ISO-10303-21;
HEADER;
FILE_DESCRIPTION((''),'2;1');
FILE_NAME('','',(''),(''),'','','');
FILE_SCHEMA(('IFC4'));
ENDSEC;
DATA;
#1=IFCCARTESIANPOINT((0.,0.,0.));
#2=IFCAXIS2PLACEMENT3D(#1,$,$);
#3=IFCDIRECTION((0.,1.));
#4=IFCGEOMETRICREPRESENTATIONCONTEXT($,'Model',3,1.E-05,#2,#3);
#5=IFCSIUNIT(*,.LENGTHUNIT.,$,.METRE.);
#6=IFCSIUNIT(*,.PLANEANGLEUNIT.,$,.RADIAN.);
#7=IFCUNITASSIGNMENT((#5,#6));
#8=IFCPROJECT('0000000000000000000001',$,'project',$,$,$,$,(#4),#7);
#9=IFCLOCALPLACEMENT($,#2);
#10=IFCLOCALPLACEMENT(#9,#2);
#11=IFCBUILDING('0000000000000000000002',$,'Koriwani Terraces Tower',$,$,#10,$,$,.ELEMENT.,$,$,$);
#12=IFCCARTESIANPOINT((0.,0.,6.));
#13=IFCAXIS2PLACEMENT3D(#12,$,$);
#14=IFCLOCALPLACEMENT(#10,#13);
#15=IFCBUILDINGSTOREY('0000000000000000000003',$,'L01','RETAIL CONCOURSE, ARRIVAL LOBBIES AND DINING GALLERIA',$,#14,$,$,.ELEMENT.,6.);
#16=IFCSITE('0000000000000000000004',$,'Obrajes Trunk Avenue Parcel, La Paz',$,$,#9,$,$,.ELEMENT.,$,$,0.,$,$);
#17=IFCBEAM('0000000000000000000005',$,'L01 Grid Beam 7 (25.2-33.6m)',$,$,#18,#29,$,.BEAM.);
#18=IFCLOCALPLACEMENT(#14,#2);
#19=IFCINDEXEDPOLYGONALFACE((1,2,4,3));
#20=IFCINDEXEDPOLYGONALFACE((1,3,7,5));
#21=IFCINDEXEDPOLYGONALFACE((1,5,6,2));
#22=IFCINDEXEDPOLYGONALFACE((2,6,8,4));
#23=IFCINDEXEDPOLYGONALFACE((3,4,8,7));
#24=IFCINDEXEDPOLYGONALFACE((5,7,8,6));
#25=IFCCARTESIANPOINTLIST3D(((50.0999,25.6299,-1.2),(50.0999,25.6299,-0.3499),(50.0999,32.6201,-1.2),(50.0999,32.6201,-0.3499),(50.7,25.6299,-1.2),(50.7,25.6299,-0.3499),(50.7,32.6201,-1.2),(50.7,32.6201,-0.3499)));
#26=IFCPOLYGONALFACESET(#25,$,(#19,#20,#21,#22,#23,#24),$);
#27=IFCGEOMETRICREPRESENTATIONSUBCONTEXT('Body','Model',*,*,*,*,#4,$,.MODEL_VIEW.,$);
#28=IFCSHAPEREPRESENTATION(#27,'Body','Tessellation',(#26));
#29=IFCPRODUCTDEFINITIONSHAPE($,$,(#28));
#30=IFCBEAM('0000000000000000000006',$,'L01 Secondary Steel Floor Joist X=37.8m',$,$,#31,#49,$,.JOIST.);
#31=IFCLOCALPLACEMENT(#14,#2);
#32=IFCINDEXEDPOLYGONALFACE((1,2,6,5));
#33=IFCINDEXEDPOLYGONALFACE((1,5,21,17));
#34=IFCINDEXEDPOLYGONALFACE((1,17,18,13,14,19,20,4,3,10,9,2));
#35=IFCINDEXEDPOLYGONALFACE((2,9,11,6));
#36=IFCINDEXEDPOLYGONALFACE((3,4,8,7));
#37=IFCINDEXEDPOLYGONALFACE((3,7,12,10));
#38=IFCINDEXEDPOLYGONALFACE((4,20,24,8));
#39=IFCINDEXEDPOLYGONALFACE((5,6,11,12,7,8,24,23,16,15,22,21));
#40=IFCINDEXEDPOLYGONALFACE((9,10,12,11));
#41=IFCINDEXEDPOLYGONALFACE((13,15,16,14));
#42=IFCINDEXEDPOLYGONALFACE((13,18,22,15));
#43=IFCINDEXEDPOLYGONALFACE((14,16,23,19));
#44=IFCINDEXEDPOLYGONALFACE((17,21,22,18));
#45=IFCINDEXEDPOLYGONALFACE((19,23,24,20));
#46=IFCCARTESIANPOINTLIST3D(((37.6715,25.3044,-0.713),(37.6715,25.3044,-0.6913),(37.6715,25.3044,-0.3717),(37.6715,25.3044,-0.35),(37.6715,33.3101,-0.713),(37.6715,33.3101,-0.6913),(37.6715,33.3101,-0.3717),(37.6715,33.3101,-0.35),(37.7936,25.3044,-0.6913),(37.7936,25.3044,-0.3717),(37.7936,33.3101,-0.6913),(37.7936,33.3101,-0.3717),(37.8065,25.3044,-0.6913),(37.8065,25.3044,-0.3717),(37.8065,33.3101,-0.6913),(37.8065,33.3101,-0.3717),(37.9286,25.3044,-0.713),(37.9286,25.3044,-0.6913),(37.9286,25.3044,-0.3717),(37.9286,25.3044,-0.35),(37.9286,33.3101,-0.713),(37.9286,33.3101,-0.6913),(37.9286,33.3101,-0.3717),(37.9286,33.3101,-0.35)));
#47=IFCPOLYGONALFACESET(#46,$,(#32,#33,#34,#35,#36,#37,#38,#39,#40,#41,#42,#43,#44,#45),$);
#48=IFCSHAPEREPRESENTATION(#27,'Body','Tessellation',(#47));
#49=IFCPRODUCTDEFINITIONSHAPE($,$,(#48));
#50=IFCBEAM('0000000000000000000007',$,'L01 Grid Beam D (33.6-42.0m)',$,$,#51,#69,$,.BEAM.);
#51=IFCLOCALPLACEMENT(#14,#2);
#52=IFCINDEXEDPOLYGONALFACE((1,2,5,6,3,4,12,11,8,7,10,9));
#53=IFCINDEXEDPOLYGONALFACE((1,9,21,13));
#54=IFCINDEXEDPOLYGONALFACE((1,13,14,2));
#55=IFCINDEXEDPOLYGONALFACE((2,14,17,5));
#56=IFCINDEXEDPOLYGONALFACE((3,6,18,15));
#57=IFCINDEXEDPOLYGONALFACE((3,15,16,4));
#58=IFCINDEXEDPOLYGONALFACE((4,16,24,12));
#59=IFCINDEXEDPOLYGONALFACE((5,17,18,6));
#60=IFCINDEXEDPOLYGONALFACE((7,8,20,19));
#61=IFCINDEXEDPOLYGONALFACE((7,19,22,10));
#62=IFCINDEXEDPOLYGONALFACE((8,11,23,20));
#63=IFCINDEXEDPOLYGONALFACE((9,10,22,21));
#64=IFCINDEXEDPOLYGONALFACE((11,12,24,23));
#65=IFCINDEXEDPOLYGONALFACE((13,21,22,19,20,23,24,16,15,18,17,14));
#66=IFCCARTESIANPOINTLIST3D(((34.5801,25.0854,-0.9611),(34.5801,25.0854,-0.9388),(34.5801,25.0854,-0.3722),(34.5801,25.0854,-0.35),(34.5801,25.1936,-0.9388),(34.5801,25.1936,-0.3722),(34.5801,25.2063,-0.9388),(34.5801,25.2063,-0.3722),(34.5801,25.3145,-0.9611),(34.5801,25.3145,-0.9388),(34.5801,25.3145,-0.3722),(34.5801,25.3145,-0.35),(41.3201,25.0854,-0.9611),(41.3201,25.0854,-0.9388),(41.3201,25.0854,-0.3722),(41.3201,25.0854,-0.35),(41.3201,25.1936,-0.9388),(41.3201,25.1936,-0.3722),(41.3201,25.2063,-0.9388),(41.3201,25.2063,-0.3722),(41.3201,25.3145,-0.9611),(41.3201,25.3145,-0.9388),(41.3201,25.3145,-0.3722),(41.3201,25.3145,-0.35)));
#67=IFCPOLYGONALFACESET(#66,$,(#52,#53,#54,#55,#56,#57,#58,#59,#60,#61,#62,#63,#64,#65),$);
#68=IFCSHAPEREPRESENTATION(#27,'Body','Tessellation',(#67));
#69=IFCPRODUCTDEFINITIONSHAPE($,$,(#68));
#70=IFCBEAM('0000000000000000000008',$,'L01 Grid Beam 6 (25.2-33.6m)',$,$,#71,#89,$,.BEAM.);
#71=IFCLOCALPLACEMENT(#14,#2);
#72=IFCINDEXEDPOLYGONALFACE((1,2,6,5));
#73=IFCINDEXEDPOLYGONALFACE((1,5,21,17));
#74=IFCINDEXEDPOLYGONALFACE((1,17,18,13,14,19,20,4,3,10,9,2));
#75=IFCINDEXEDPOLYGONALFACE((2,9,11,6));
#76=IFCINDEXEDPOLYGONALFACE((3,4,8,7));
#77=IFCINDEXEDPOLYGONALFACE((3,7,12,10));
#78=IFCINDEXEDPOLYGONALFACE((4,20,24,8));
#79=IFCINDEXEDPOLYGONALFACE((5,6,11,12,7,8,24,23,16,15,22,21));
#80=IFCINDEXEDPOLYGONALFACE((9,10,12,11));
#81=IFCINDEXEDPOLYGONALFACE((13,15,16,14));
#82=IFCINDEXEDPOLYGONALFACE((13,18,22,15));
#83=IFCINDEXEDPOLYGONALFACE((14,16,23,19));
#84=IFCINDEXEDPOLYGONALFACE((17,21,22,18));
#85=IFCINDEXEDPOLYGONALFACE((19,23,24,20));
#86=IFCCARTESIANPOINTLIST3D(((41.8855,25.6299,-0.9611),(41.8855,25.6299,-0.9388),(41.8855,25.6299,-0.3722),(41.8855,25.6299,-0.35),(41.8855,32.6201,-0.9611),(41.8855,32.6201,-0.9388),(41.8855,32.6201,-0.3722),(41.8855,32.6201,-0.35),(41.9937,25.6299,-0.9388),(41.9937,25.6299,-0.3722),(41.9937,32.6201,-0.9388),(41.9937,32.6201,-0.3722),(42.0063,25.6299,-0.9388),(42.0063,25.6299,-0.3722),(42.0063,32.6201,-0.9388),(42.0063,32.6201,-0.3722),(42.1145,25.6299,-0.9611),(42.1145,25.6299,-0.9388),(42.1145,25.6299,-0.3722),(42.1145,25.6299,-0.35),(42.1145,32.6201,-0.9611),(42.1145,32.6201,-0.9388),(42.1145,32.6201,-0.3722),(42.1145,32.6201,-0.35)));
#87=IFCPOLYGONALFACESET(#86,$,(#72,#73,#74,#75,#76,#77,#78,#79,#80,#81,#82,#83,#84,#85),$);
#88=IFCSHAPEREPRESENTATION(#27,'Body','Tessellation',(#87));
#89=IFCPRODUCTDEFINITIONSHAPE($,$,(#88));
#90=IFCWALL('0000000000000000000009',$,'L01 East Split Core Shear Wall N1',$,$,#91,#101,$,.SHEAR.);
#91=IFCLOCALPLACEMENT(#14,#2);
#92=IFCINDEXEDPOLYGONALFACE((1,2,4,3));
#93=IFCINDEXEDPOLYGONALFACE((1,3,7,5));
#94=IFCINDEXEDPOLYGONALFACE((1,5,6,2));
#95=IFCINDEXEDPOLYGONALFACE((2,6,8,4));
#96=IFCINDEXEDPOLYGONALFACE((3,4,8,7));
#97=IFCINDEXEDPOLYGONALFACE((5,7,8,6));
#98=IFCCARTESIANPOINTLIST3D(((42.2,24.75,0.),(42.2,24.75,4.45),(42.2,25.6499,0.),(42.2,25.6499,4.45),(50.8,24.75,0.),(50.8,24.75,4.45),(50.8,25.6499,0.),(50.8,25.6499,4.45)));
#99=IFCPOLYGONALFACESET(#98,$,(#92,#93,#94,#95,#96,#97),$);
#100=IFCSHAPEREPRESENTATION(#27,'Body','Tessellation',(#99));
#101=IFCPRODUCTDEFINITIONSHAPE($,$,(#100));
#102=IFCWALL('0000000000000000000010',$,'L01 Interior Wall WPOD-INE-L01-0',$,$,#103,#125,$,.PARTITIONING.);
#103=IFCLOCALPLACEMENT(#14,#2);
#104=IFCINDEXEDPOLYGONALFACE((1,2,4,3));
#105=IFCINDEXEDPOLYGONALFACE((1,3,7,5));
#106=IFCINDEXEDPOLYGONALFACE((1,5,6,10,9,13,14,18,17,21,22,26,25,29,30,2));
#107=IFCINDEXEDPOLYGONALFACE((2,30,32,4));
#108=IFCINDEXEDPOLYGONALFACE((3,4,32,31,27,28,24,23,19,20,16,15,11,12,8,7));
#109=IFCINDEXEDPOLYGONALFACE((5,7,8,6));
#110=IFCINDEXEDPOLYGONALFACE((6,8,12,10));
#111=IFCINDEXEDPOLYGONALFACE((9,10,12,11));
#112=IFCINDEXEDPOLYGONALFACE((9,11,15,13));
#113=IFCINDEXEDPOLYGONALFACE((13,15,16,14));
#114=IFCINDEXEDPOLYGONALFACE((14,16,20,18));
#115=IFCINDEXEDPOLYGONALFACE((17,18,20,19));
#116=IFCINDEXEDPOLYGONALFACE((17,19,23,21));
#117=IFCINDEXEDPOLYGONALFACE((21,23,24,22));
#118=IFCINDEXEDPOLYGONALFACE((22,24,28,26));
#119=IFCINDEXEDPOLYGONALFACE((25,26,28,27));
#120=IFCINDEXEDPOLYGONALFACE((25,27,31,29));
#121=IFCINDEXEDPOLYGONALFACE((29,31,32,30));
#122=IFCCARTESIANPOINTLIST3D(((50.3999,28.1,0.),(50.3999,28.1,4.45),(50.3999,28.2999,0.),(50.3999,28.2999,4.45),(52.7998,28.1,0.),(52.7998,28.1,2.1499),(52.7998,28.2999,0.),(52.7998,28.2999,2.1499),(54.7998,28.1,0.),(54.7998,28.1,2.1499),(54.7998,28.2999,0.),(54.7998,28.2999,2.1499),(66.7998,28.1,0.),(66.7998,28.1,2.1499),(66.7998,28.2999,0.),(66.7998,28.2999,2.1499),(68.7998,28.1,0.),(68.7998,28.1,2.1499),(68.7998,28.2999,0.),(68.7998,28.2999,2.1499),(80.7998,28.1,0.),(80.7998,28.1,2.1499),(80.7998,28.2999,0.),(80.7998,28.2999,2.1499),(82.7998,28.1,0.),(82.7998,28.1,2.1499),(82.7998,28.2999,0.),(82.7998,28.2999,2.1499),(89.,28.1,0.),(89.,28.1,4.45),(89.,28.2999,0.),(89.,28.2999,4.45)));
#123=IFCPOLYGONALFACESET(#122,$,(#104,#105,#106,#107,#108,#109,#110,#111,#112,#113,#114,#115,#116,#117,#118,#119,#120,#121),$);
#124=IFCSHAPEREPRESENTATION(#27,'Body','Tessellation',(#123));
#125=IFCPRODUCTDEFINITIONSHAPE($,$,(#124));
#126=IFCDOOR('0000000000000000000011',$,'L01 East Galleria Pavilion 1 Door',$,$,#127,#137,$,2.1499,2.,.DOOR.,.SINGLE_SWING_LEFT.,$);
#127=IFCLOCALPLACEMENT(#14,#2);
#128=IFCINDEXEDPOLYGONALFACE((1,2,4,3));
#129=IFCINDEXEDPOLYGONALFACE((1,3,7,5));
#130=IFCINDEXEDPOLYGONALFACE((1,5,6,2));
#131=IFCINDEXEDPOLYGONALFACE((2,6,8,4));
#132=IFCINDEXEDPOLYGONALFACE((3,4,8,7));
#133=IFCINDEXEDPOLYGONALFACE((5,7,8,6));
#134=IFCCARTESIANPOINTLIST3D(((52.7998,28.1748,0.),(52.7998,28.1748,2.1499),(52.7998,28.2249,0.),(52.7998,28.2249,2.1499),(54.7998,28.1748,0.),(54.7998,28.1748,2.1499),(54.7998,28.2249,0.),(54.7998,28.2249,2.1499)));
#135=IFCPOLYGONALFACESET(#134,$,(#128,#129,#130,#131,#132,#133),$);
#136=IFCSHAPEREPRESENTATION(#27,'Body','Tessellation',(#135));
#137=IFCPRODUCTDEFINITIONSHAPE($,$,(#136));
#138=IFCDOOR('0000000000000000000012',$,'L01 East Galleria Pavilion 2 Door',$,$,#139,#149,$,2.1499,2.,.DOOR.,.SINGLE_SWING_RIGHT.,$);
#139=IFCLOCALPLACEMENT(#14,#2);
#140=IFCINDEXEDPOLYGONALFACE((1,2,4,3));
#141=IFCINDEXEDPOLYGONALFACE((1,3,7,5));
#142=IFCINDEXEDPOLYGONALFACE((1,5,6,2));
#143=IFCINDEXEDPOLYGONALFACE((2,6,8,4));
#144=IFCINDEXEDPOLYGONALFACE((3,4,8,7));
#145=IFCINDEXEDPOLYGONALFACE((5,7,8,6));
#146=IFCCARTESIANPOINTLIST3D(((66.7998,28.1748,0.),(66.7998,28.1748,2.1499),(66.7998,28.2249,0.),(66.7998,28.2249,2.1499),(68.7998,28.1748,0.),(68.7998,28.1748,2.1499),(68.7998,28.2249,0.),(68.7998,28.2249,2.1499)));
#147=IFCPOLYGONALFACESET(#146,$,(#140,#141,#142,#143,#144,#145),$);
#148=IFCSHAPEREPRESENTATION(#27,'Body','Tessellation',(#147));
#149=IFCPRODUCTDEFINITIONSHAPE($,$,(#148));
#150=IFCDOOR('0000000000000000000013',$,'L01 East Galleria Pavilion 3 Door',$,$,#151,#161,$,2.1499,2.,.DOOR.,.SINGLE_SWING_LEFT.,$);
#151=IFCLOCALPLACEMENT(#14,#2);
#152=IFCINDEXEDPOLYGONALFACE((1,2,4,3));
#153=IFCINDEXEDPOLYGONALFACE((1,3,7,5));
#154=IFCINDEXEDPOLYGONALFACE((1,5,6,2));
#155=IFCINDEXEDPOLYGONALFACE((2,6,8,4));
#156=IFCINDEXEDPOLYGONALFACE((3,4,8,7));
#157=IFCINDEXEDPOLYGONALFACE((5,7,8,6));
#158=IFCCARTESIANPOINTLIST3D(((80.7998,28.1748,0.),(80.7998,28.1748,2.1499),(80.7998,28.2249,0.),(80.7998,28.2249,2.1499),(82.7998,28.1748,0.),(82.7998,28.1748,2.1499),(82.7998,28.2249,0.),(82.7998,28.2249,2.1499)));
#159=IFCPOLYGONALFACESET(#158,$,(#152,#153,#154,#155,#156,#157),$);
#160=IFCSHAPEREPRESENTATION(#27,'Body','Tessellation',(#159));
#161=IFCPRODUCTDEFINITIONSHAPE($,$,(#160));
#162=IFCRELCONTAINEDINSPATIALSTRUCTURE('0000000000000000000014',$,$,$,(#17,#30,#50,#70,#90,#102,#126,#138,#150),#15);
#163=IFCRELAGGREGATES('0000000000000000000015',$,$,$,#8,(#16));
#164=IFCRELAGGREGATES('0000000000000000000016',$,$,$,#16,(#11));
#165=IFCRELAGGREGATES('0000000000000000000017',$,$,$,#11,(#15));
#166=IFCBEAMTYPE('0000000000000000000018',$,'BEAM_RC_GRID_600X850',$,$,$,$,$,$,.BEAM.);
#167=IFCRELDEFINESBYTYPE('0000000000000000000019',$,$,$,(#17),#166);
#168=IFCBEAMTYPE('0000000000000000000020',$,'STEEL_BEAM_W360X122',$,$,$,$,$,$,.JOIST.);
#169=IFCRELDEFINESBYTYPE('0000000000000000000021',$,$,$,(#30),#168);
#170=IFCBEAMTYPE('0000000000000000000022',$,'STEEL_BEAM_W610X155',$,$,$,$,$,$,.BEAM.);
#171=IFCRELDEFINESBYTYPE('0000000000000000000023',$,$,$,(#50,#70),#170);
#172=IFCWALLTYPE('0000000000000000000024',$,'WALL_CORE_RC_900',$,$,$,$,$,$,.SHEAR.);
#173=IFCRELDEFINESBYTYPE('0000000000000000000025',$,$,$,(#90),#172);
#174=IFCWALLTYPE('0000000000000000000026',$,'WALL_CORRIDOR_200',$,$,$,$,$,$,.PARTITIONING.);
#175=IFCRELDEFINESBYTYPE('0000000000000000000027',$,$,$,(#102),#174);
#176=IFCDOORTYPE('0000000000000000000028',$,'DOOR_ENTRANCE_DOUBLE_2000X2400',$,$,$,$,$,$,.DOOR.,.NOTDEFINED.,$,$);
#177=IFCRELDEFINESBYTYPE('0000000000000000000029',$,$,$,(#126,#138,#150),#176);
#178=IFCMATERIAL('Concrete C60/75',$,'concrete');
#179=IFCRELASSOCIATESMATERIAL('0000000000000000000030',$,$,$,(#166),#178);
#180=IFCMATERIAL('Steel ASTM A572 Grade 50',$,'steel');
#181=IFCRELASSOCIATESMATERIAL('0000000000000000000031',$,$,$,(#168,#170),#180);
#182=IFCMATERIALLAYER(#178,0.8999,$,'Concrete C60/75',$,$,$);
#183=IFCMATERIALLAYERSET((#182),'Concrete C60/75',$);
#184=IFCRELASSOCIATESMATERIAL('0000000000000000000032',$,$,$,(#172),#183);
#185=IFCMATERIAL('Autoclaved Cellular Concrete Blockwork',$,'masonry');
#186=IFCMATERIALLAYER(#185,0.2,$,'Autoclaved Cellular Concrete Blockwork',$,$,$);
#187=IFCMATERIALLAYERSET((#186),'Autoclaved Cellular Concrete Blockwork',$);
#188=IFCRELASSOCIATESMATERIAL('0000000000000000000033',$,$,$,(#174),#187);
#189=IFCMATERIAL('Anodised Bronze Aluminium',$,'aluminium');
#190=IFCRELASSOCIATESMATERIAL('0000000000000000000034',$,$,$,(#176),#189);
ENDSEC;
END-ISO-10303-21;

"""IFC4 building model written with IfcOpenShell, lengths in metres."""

from ifc_helpers import new_model, si_unit, direction, frame, frame_2d, origin, origin_2d, place, context, subcontext, project, spatial, rectangle, i_section, extrude, material, layer, layer_set, material_profile, profile_set, type_object, element, fill, save


model = new_model("IFC4")

# Units and contexts
model_context = context("Model", 3, precision=1e-05, world=origin(), true_north=direction((0.0, 1.0)))
body_context = subcontext(model_context, "Body", "Model", "MODEL_VIEW")
ifc_project = project(units=[si_unit("LENGTHUNIT", "METRE"), si_unit("PLANEANGLEUNIT", "RADIAN")], contexts=[model_context])

# Site, building, storey
site_placement = place(None, origin())
site = spatial("IfcSite", under=ifc_project, at=site_placement, Name="Obrajes Trunk Avenue Parcel, La Paz", CompositionType="ELEMENT", RefElevation=0.0)
building_placement = place(site_placement, origin())
building = spatial("IfcBuilding", under=site, at=building_placement, Name="Koriwani Terraces Tower", CompositionType="ELEMENT")
storey_placement = place(building_placement, frame((0.0, 0.0, 6.0)))
storey = spatial("IfcBuildingStorey", under=building, at=storey_placement, Name="L01", Description="RETAIL CONCOURSE, ARRIVAL LOBBIES AND DINING GALLERIA", CompositionType="ELEMENT", Elevation=6.0)

# Beams
ifc_material_1 = material(Name="Concrete C60/75", Category="concrete")
ifc_material_profile_1 = material_profile(ifc_material_1, rectangle(XDim=0.6001, YDim=0.8501, at=origin_2d()), Name="Concrete C60/75", Category="LoadBearing")
ifc_profile_set_1 = profile_set([ifc_material_profile_1], Name="Concrete C60/75")
beam_type_1 = type_object("IfcBeamType", Name="BEAM_RC_GRID_600X850", PredefinedType="BEAM", material=ifc_profile_set_1)
beam_1_placement = place(storey_placement, frame((50.3999, 25.6299, -0.7749), z_axis=(0.0, 1.0, 0.0), x_axis=(-1.0, 0.0, 0.0)))
element("IfcBeam", 1, at=beam_1_placement, inside=storey, type_object=beam_type_1, Name="L01 Grid Beam 7 (25.2-33.6m)", PredefinedType="BEAM", context=body_context, shape_type="SweptSolid", body=[
    extrude(rectangle(XDim=0.6001, YDim=0.8501, at=origin_2d()), origin(), (0.0, 0.0, 1.0), 6.9902),
])
ifc_material_2 = material(Name="Steel ASTM A572 Grade 50", Category="steel")
ifc_material_profile_2 = material_profile(ifc_material_2, i_section(OverallWidth=0.2571, OverallDepth=0.363, WebThickness=0.0129, FlangeThickness=0.0217, at=origin_2d()), Name="Steel ASTM A572 Grade 50", Category="LoadBearing")
ifc_profile_set_2 = profile_set([ifc_material_profile_2], Name="Steel ASTM A572 Grade 50")
beam_type_2 = type_object("IfcBeamType", Name="STEEL_BEAM_W360X122", PredefinedType="JOIST", material=ifc_profile_set_2)
beam_2_placement = place(storey_placement, frame((37.8, 25.3044, -0.5315), z_axis=(0.0, 1.0, 0.0), x_axis=(-1.0, 0.0, 0.0)))
element("IfcBeam", 2, at=beam_2_placement, inside=storey, type_object=beam_type_2, Name="L01 Secondary Steel Floor Joist X=37.8m", PredefinedType="JOIST", context=body_context, shape_type="SweptSolid", body=[
    extrude(i_section(OverallWidth=0.2571, OverallDepth=0.363, WebThickness=0.0129, FlangeThickness=0.0217, at=origin_2d()), origin(), (0.0, 0.0, 1.0), 8.0056),
])
ifc_material_profile_3 = material_profile(ifc_material_2, i_section(OverallWidth=0.229, OverallDepth=0.6111, WebThickness=0.0127, FlangeThickness=0.0222, at=origin_2d()), Name="Steel ASTM A572 Grade 50", Category="LoadBearing")
ifc_profile_set_3 = profile_set([ifc_material_profile_3], Name="Steel ASTM A572 Grade 50")
beam_type_3 = type_object("IfcBeamType", Name="STEEL_BEAM_W610X155", PredefinedType="BEAM", material=ifc_profile_set_3)
beam_3_placement = place(storey_placement, frame((34.5801, 25.2, -0.6555), z_axis=(1.0, 0.0, 0.0), x_axis=(0.0, 1.0, 0.0)))
element("IfcBeam", 3, at=beam_3_placement, inside=storey, type_object=beam_type_3, Name="L01 Grid Beam D (33.6-42.0m)", PredefinedType="BEAM", context=body_context, shape_type="SweptSolid", body=[
    extrude(i_section(OverallWidth=0.229, OverallDepth=0.6111, WebThickness=0.0127, FlangeThickness=0.0222, at=origin_2d()), origin(), (0.0, 0.0, 1.0), 6.74),
])
beam_4_placement = place(storey_placement, frame((42.0, 25.6299, -0.6555), z_axis=(0.0, 1.0, 0.0), x_axis=(-1.0, 0.0, 0.0)))
element("IfcBeam", 4, at=beam_4_placement, inside=storey, type_object=beam_type_3, Name="L01 Grid Beam 6 (25.2-33.6m)", PredefinedType="BEAM", context=body_context, shape_type="SweptSolid", body=[
    extrude(i_section(OverallWidth=0.229, OverallDepth=0.6111, WebThickness=0.0127, FlangeThickness=0.0222, at=origin_2d()), origin(), (0.0, 0.0, 1.0), 6.9902),
])

# Wall
ifc_layer_1 = layer(ifc_material_1, 0.8999, Name="Concrete C60/75")
ifc_layer_set_1 = layer_set([ifc_layer_1], Name="Concrete C60/75")
wall_type_1 = type_object("IfcWallType", Name="WALL_CORE_RC_900", PredefinedType="SHEAR", material=ifc_layer_set_1)
wall_1_placement = place(storey_placement, frame((42.2, 25.2, 0.0), z_axis=(0.0, 0.0, 1.0), x_axis=(1.0, 0.0, 0.0)))
element("IfcWall", 5, at=wall_1_placement, inside=storey, type_object=wall_type_1, Name="L01 East Split Core Shear Wall N1", PredefinedType="SHEAR", context=body_context, shape_type="SweptSolid", body=[
    extrude(rectangle(XDim=8.6001, YDim=0.8999, at=frame_2d((4.3, 0.0))), origin(), (0.0, 0.0, 1.0), 4.45),
])

# Wall, openings, doors
ifc_material_3 = material(Name="Autoclaved Cellular Concrete Blockwork", Category="masonry")
ifc_layer_2 = layer(ifc_material_3, 0.2, Name="Autoclaved Cellular Concrete Blockwork")
ifc_layer_set_2 = layer_set([ifc_layer_2], Name="Autoclaved Cellular Concrete Blockwork")
wall_type_2 = type_object("IfcWallType", Name="WALL_CORRIDOR_200", PredefinedType="PARTITIONING", material=ifc_layer_set_2)
wall_2_placement = place(storey_placement, frame((50.3999, 28.2, 0.0), z_axis=(0.0, 0.0, 1.0), x_axis=(1.0, 0.0, 0.0)))
wall_2 = element("IfcWall", 6, at=wall_2_placement, inside=storey, type_object=wall_type_2, Name="L01 Interior Wall WPOD-INE-L01-0", PredefinedType="PARTITIONING", context=body_context, shape_type="SweptSolid", body=[
    extrude(rectangle(XDim=38.6001, YDim=0.2, at=frame_2d((19.3, 0.0))), origin(), (0.0, 0.0, 1.0), 4.45),
])
opening_1_placement = place(wall_2_placement, frame((2.3999, 0.0, 0.0)))
opening_1 = element("IfcOpeningElement", 7, at=opening_1_placement, cuts=wall_2, PredefinedType="OPENING", context=body_context, shape_type="SweptSolid", body=[
    extrude(rectangle(XDim=2.0, YDim=2.1499, at=frame_2d((1.0, 1.075))), frame((0.0, 0.1099, 0.0), z_axis=(0.0, -1.0, 0.0), x_axis=(1.0, 0.0, 0.0)), (0.0, 0.0, 1.0), 0.22),
])
opening_2_placement = place(wall_2_placement, frame((16.3999, 0.0, 0.0)))
opening_2 = element("IfcOpeningElement", 8, at=opening_2_placement, cuts=wall_2, PredefinedType="OPENING", context=body_context, shape_type="SweptSolid", body=[
    extrude(rectangle(XDim=2.0, YDim=2.1499, at=frame_2d((1.0, 1.075))), frame((0.0, 0.1099, 0.0), z_axis=(0.0, -1.0, 0.0), x_axis=(1.0, 0.0, 0.0)), (0.0, 0.0, 1.0), 0.22),
])
opening_3_placement = place(wall_2_placement, frame((30.3999, 0.0, 0.0)))
opening_3 = element("IfcOpeningElement", 9, at=opening_3_placement, cuts=wall_2, PredefinedType="OPENING", context=body_context, shape_type="SweptSolid", body=[
    extrude(rectangle(XDim=2.0, YDim=2.1499, at=frame_2d((1.0, 1.075))), frame((0.0, 0.1099, 0.0), z_axis=(0.0, -1.0, 0.0), x_axis=(1.0, 0.0, 0.0)), (0.0, 0.0, 1.0), 0.22),
])
ifc_material_4 = material(Name="Anodised Bronze Aluminium", Category="aluminium")
door_type_1 = type_object("IfcDoorType", Name="DOOR_ENTRANCE_DOUBLE_2000X2400", OperationType="NOTDEFINED", PredefinedType="DOOR", material=ifc_material_4)
door_1_placement = place(opening_1_placement, origin())
door_1 = element("IfcDoor", 10, at=door_1_placement, inside=storey, type_object=door_type_1, Name="L01 East Galleria Pavilion 1 Door", OperationType="SINGLE_SWING_LEFT", OverallHeight=2.1499, OverallWidth=2.0, PredefinedType="DOOR", context=body_context, shape_type="SweptSolid", body=[
    extrude(rectangle(XDim=2.0, YDim=2.1499, at=frame_2d((1.0, 1.075))), frame((0.0, 0.0249, 0.0), z_axis=(0.0, -1.0, 0.0), x_axis=(1.0, 0.0, 0.0)), (0.0, 0.0, 1.0), 0.05),
])
fill(opening_1, door_1)
door_2_placement = place(opening_2_placement, origin())
door_2 = element("IfcDoor", 11, at=door_2_placement, inside=storey, type_object=door_type_1, Name="L01 East Galleria Pavilion 2 Door", OperationType="SINGLE_SWING_RIGHT", OverallHeight=2.1499, OverallWidth=2.0, PredefinedType="DOOR", context=body_context, shape_type="SweptSolid", body=[
    extrude(rectangle(XDim=2.0, YDim=2.1499, at=frame_2d((1.0, 1.075))), frame((0.0, 0.0249, 0.0), z_axis=(0.0, -1.0, 0.0), x_axis=(1.0, 0.0, 0.0)), (0.0, 0.0, 1.0), 0.05),
])
fill(opening_2, door_2)
door_3_placement = place(opening_3_placement, origin())
door_3 = element("IfcDoor", 12, at=door_3_placement, inside=storey, type_object=door_type_1, Name="L01 East Galleria Pavilion 3 Door", OperationType="SINGLE_SWING_LEFT", OverallHeight=2.1499, OverallWidth=2.0, PredefinedType="DOOR", context=body_context, shape_type="SweptSolid", body=[
    extrude(rectangle(XDim=2.0, YDim=2.1499, at=frame_2d((1.0, 1.075))), frame((0.0, 0.0249, 0.0), z_axis=(0.0, -1.0, 0.0), x_axis=(1.0, 0.0, 0.0)), (0.0, 0.0, 1.0), 0.05),
])
fill(opening_3, door_3)

save(model, "model.ifc")
